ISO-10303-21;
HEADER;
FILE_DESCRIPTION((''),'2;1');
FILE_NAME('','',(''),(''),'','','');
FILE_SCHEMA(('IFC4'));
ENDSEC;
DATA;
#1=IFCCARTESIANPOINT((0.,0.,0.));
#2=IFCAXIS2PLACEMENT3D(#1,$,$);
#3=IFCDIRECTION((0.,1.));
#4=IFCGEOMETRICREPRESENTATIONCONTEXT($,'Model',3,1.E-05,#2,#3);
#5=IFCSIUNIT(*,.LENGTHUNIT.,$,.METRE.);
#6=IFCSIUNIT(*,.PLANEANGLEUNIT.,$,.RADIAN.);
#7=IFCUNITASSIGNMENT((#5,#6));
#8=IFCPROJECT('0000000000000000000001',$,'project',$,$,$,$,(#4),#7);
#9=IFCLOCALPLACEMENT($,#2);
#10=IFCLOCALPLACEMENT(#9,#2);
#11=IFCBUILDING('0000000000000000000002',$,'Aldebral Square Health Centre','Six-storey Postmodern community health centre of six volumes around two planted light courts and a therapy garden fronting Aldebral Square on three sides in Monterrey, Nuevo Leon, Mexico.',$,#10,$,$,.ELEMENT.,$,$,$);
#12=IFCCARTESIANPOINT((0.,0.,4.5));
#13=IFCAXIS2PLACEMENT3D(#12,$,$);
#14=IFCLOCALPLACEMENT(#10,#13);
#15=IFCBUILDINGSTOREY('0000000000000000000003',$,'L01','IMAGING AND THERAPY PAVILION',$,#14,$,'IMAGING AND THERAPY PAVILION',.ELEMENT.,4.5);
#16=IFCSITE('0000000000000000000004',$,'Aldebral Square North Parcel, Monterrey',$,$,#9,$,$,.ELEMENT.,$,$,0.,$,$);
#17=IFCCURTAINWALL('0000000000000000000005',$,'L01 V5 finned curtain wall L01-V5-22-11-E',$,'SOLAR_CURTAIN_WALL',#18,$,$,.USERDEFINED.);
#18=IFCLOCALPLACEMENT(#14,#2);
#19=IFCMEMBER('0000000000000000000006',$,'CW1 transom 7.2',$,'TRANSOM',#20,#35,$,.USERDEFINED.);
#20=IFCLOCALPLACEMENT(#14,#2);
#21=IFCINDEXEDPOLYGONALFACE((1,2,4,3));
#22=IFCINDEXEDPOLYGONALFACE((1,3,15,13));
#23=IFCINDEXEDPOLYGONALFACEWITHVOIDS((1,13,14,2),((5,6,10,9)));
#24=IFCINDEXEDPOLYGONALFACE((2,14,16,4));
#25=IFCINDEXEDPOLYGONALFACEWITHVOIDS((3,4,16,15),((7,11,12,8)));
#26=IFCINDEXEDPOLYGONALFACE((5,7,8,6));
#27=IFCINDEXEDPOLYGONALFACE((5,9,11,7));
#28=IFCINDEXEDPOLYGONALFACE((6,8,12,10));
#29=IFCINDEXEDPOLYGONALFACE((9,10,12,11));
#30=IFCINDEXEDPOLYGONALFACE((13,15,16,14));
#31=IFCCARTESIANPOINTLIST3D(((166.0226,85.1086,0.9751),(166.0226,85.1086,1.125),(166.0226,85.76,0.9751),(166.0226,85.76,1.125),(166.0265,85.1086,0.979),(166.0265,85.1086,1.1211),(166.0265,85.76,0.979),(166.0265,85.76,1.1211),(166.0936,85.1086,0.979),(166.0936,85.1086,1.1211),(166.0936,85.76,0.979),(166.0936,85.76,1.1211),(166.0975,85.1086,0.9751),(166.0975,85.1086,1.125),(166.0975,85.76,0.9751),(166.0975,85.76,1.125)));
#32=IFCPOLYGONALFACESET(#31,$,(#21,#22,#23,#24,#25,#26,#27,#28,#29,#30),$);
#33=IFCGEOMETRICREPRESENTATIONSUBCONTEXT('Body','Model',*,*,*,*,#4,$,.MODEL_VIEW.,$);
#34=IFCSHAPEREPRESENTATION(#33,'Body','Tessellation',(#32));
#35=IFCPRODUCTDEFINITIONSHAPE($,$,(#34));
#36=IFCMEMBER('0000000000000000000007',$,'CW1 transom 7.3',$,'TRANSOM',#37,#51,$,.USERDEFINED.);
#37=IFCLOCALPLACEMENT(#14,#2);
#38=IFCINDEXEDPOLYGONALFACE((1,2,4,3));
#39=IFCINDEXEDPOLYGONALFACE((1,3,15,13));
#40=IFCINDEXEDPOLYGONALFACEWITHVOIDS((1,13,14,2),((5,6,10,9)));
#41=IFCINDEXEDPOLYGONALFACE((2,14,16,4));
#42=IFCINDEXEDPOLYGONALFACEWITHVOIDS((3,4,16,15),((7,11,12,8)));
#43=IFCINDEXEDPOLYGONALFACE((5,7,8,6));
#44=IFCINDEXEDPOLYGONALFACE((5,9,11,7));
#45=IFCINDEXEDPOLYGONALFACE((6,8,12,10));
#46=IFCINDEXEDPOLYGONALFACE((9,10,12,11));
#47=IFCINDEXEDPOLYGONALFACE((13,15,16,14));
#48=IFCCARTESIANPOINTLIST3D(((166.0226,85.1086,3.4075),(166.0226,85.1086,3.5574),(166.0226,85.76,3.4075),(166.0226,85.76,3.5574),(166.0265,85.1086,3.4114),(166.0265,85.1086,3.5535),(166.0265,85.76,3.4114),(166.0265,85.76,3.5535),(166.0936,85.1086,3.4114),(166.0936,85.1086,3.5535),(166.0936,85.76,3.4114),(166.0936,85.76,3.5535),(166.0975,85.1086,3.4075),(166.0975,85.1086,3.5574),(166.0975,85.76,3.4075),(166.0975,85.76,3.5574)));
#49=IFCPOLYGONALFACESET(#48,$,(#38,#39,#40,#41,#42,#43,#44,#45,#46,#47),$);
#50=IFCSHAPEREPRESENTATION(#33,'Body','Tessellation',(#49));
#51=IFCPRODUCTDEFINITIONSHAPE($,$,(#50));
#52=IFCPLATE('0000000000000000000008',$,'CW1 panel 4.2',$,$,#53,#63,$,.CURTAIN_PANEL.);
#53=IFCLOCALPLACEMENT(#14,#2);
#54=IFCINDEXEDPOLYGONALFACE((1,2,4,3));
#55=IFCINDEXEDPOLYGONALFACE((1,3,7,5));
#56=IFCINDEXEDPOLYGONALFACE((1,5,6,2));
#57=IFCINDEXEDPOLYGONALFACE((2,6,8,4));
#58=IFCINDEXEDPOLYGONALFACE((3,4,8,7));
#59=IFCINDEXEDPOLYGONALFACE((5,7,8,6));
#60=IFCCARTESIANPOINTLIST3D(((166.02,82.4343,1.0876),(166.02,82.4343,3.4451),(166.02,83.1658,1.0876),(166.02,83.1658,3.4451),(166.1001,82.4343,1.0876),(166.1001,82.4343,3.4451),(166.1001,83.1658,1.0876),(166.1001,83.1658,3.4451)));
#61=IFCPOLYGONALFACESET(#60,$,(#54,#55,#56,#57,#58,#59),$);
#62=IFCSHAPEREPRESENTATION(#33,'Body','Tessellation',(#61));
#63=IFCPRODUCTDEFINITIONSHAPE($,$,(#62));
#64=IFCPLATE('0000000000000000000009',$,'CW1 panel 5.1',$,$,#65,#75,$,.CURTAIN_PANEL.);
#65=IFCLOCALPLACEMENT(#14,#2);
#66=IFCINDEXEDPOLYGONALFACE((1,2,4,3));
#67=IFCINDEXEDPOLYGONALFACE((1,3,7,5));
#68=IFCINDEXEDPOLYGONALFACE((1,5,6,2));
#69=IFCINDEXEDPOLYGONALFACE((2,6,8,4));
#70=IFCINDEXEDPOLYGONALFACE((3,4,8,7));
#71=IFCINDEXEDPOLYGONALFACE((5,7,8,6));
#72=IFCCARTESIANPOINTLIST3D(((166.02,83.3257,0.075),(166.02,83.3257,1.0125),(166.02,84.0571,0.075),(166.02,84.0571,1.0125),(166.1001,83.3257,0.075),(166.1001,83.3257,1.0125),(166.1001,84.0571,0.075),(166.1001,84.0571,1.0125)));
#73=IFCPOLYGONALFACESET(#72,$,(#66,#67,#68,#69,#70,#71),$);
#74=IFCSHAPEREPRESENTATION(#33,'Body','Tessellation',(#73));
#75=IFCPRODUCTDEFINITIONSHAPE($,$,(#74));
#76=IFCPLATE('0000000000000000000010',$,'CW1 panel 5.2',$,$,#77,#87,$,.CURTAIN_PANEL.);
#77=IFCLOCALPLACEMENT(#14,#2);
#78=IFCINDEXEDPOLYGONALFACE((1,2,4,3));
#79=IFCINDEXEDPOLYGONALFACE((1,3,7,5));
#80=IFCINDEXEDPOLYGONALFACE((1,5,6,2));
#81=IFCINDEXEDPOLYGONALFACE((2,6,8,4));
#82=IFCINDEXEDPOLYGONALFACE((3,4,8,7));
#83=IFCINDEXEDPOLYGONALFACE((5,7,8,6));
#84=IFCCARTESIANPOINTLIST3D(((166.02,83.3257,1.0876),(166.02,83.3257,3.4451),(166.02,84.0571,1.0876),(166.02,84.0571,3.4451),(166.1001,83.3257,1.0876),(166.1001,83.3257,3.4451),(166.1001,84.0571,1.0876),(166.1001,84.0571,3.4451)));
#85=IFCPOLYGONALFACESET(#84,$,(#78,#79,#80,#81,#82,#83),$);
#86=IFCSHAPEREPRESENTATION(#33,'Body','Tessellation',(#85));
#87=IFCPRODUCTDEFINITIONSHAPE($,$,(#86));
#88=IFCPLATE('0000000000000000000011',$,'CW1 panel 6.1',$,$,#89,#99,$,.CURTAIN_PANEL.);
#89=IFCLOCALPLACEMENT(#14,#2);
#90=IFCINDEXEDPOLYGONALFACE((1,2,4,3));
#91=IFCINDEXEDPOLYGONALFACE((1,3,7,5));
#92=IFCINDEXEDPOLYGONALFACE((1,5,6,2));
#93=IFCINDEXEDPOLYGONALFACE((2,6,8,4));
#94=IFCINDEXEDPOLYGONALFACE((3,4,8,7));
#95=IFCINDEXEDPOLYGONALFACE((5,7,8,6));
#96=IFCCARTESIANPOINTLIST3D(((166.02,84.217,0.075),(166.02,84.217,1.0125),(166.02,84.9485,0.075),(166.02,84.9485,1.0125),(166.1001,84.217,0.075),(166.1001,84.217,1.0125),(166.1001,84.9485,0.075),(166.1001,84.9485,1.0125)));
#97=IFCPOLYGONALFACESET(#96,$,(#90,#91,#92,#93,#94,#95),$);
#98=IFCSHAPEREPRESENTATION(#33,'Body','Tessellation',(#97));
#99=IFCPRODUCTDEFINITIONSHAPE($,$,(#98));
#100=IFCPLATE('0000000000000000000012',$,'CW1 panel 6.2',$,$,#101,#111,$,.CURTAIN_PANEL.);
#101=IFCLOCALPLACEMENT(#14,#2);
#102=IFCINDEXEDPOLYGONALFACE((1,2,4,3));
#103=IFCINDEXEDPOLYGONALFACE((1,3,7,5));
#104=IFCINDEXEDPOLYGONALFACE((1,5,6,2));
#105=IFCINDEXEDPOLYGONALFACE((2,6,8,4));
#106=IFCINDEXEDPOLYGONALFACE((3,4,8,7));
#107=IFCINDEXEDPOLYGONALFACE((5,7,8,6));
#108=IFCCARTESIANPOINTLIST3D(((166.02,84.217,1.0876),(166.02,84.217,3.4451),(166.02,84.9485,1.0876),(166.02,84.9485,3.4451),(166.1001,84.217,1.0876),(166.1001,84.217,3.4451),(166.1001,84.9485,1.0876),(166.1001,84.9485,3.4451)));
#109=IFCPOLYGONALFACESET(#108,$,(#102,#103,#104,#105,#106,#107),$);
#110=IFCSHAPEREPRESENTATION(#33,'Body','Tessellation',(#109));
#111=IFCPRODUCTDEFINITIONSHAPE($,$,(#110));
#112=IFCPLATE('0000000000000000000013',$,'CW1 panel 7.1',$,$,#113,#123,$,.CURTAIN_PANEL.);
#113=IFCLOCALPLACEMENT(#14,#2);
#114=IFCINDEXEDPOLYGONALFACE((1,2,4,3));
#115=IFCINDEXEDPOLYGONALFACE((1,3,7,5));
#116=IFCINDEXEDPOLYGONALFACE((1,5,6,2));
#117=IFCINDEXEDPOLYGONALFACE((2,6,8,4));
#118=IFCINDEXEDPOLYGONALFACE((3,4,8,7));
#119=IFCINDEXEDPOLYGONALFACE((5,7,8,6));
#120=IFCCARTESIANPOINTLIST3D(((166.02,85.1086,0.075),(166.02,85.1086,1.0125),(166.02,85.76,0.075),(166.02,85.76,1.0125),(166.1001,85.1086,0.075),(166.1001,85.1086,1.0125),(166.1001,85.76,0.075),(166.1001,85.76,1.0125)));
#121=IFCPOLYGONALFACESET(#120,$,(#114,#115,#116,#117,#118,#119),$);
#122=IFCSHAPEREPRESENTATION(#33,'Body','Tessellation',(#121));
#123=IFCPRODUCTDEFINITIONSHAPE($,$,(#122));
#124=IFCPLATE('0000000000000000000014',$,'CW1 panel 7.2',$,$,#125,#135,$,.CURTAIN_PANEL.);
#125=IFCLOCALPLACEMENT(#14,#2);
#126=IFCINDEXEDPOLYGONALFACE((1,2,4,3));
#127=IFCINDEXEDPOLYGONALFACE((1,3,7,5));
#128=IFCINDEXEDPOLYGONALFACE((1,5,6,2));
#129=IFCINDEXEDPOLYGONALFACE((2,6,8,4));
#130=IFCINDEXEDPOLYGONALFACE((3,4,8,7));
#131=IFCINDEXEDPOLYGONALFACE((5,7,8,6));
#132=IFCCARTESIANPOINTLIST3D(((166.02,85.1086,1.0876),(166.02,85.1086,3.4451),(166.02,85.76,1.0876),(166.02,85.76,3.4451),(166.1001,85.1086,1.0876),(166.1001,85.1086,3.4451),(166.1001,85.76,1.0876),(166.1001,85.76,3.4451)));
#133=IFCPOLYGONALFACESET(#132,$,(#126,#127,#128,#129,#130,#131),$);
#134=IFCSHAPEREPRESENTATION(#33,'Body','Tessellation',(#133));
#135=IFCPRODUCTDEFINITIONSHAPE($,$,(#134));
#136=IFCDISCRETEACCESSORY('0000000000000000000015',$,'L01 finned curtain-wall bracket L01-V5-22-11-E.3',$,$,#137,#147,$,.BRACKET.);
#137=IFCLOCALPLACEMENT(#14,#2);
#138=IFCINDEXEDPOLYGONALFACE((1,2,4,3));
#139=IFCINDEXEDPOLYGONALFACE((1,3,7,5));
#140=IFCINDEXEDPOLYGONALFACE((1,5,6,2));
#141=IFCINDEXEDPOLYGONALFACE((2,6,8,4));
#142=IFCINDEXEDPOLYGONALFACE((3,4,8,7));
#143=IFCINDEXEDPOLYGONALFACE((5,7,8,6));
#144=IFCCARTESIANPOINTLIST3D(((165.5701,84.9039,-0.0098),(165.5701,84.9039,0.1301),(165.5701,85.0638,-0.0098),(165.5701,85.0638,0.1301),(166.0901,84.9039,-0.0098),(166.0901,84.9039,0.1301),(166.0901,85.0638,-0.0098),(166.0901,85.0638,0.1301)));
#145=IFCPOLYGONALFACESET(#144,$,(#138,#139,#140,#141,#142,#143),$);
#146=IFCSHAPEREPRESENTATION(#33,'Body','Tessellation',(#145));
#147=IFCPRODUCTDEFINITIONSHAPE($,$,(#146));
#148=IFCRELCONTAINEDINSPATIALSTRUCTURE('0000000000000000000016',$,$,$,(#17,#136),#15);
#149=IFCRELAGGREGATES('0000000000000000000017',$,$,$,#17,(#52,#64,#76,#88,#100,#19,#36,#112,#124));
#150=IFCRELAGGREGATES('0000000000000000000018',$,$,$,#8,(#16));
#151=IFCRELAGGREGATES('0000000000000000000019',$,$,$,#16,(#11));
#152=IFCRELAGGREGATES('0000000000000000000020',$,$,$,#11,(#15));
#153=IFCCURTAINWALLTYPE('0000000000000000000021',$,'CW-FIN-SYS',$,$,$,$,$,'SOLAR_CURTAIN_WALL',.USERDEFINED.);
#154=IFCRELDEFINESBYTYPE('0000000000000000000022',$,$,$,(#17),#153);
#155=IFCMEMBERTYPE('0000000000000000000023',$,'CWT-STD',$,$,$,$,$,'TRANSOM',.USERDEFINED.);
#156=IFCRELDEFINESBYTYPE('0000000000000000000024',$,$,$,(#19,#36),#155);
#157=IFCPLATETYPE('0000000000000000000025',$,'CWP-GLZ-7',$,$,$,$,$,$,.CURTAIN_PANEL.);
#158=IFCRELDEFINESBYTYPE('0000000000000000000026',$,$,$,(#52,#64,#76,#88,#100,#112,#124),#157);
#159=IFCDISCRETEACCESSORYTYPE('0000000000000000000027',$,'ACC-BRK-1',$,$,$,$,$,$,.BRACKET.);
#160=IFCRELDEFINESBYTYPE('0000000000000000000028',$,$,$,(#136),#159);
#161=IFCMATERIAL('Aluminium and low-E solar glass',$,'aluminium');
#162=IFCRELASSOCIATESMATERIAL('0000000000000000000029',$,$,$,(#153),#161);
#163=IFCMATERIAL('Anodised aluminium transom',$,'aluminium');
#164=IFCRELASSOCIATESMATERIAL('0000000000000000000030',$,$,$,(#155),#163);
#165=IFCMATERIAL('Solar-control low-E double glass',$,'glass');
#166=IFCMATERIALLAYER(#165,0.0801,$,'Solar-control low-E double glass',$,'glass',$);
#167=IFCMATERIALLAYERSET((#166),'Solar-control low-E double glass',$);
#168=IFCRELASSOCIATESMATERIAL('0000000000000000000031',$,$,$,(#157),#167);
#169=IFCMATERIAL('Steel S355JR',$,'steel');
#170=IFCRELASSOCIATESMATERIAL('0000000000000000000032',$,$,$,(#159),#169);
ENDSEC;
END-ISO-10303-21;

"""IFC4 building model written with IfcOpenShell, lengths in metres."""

from ifc_helpers import new_model, si_unit, direction, frame, origin, origin_2d, place, context, subcontext, project, spatial, rectangle, hollow_rectangle, extrude, material, layer, layer_set, material_profile, profile_set, type_object, element, aggregate, save


model = new_model("IFC4")

# Units and contexts
model_context = context("Model", 3, precision=1e-05, world=origin(), true_north=direction((0.0, 1.0)))
body_context = subcontext(model_context, "Body", "Model", "MODEL_VIEW")
ifc_project = project(units=[si_unit("LENGTHUNIT", "METRE"), si_unit("PLANEANGLEUNIT", "RADIAN")], contexts=[model_context])

# Site, building, storey
site_placement = place(None, origin())
site = spatial("IfcSite", under=ifc_project, at=site_placement, Name="Aldebral Square North Parcel, Monterrey", CompositionType="ELEMENT", RefElevation=0.0)
building_placement = place(site_placement, origin())
building = spatial("IfcBuilding", under=site, at=building_placement, Name="Aldebral Square Health Centre", Description="Six-storey Postmodern community health centre of six volumes around two planted light courts and a therapy garden fronting Aldebral Square on three sides in Monterrey, Nuevo Leon, Mexico.", CompositionType="ELEMENT")
storey_placement = place(building_placement, frame((0.0, 0.0, 4.5)))
storey = spatial("IfcBuildingStorey", under=building, at=storey_placement, Name="L01", Description="IMAGING AND THERAPY PAVILION", LongName="IMAGING AND THERAPY PAVILION", CompositionType="ELEMENT", Elevation=4.5)

# Curtain wall, members, plates
ifc_material_1 = material(Name="Aluminium and low-E solar glass", Category="aluminium")
curtain_wall_type = type_object("IfcCurtainWallType", Name="CW-FIN-SYS", ElementType="SOLAR_CURTAIN_WALL", PredefinedType="USERDEFINED", material=ifc_material_1)
curtain_wall_placement = place(storey_placement, origin())
curtain_wall = element("IfcCurtainWall", 1, at=curtain_wall_placement, inside=storey, type_object=curtain_wall_type, Name="L01 V5 finned curtain wall L01-V5-22-11-E", ObjectType="SOLAR_CURTAIN_WALL", PredefinedType="USERDEFINED")
ifc_material_2 = material(Name="Anodised aluminium transom", Category="aluminium")
ifc_material_profile_1 = material_profile(ifc_material_2, hollow_rectangle(XDim=0.075, YDim=0.1499, WallThickness=0.0039, at=origin_2d()), Name="CWT 75x150x4")
ifc_profile_set_1 = profile_set([ifc_material_profile_1], Name="Anodised aluminium transom")
member_type_1 = type_object("IfcMemberType", Name="CWT-STD", ElementType="TRANSOM", PredefinedType="USERDEFINED", material=ifc_profile_set_1)
member_1_placement = place(storey_placement, frame((166.0601, 85.1086, 1.05), z_axis=(0.0, 1.0, 0.0), x_axis=(-1.0, 0.0, 0.0)))
member_1 = element("IfcMember", 2, at=member_1_placement, type_object=member_type_1, Name="CW1 transom 7.2", ObjectType="TRANSOM", PredefinedType="USERDEFINED", context=body_context, shape_type="SweptSolid", body=[
    extrude(hollow_rectangle(XDim=0.075, YDim=0.1499, WallThickness=0.0039, at=origin_2d()), origin(), (0.0, 0.0, 1.0), 0.6514),
])
member_2_placement = place(storey_placement, frame((166.0601, 85.1086, 3.4824), z_axis=(0.0, 1.0, 0.0), x_axis=(-1.0, 0.0, 0.0)))
member_2 = element("IfcMember", 3, at=member_2_placement, type_object=member_type_1, Name="CW1 transom 7.3", ObjectType="TRANSOM", PredefinedType="USERDEFINED", context=body_context, shape_type="SweptSolid", body=[
    extrude(hollow_rectangle(XDim=0.075, YDim=0.1499, WallThickness=0.0039, at=origin_2d()), origin(), (0.0, 0.0, 1.0), 0.6514),
])
ifc_material_3 = material(Name="Solar-control low-E double glass", Category="glass")
ifc_layer = layer(ifc_material_3, 0.0801, Name="Solar-control low-E double glass", Category="glass")
ifc_layer_set = layer_set([ifc_layer], Name="Solar-control low-E double glass")
plate_type = type_object("IfcPlateType", Name="CWP-GLZ-7", PredefinedType="CURTAIN_PANEL", material=ifc_layer_set)
plate_1_placement = place(storey_placement, frame((166.0601, 82.8, 1.0876), z_axis=(0.0, 0.0, 1.0), x_axis=(0.0, 1.0, 0.0)))
plate_1 = element("IfcPlate", 4, at=plate_1_placement, type_object=plate_type, Name="CW1 panel 4.2", PredefinedType="CURTAIN_PANEL", context=body_context, shape_type="SweptSolid", body=[
    extrude(rectangle(XDim=0.7314, YDim=0.0801, at=origin_2d()), origin(), (0.0, 0.0, 1.0), 2.3574),
])
plate_2_placement = place(storey_placement, frame((166.0601, 83.6914, 0.075), z_axis=(0.0, 0.0, 1.0), x_axis=(0.0, 1.0, 0.0)))
plate_2 = element("IfcPlate", 5, at=plate_2_placement, type_object=plate_type, Name="CW1 panel 5.1", PredefinedType="CURTAIN_PANEL", context=body_context, shape_type="SweptSolid", body=[
    extrude(rectangle(XDim=0.7314, YDim=0.0801, at=origin_2d()), origin(), (0.0, 0.0, 1.0), 0.9375),
])
plate_3_placement = place(storey_placement, frame((166.0601, 83.6914, 1.0876), z_axis=(0.0, 0.0, 1.0), x_axis=(0.0, 1.0, 0.0)))
plate_3 = element("IfcPlate", 6, at=plate_3_placement, type_object=plate_type, Name="CW1 panel 5.2", PredefinedType="CURTAIN_PANEL", context=body_context, shape_type="SweptSolid", body=[
    extrude(rectangle(XDim=0.7314, YDim=0.0801, at=origin_2d()), origin(), (0.0, 0.0, 1.0), 2.3574),
])
plate_4_placement = place(storey_placement, frame((166.0601, 84.5828, 0.075), z_axis=(0.0, 0.0, 1.0), x_axis=(0.0, 1.0, 0.0)))
plate_4 = element("IfcPlate", 7, at=plate_4_placement, type_object=plate_type, Name="CW1 panel 6.1", PredefinedType="CURTAIN_PANEL", context=body_context, shape_type="SweptSolid", body=[
    extrude(rectangle(XDim=0.7314, YDim=0.0801, at=origin_2d()), origin(), (0.0, 0.0, 1.0), 0.9375),
])
plate_5_placement = place(storey_placement, frame((166.0601, 84.5828, 1.0876), z_axis=(0.0, 0.0, 1.0), x_axis=(0.0, 1.0, 0.0)))
plate_5 = element("IfcPlate", 8, at=plate_5_placement, type_object=plate_type, Name="CW1 panel 6.2", PredefinedType="CURTAIN_PANEL", context=body_context, shape_type="SweptSolid", body=[
    extrude(rectangle(XDim=0.7314, YDim=0.0801, at=origin_2d()), origin(), (0.0, 0.0, 1.0), 2.3574),
])
plate_6_placement = place(storey_placement, frame((166.0601, 85.4343, 0.075), z_axis=(0.0, 0.0, 1.0), x_axis=(0.0, 1.0, 0.0)))
plate_6 = element("IfcPlate", 9, at=plate_6_placement, type_object=plate_type, Name="CW1 panel 7.1", PredefinedType="CURTAIN_PANEL", context=body_context, shape_type="SweptSolid", body=[
    extrude(rectangle(XDim=0.6514, YDim=0.0801, at=origin_2d()), origin(), (0.0, 0.0, 1.0), 0.9375),
])
plate_7_placement = place(storey_placement, frame((166.0601, 85.4343, 1.0876), z_axis=(0.0, 0.0, 1.0), x_axis=(0.0, 1.0, 0.0)))
plate_7 = element("IfcPlate", 10, at=plate_7_placement, type_object=plate_type, Name="CW1 panel 7.2", PredefinedType="CURTAIN_PANEL", context=body_context, shape_type="SweptSolid", body=[
    extrude(rectangle(XDim=0.6514, YDim=0.0801, at=origin_2d()), origin(), (0.0, 0.0, 1.0), 2.3574),
])
aggregate(curtain_wall, [plate_1, plate_2, plate_3, plate_4, plate_5, member_1, member_2, plate_6, plate_7])

# Discrete accessory
ifc_material_4 = material(Name="Steel S355JR", Category="steel")
discrete_accessory_type = type_object("IfcDiscreteAccessoryType", Name="ACC-BRK-1", PredefinedType="BRACKET", material=ifc_material_4)
discrete_accessory_placement = place(storey_placement, frame((165.8301, 84.9839, -0.0098), z_axis=(0.0, 0.0, 1.0), x_axis=(0.0, 1.0, 0.0)))
element("IfcDiscreteAccessory", 11, at=discrete_accessory_placement, inside=storey, type_object=discrete_accessory_type, Name="L01 finned curtain-wall bracket L01-V5-22-11-E.3", PredefinedType="BRACKET", context=body_context, shape_type="SweptSolid", body=[
    extrude(rectangle(XDim=0.1599, YDim=0.52, at=origin_2d()), origin(), (0.0, 0.0, 1.0), 0.1399),
])

save(model, "model.ifc")
